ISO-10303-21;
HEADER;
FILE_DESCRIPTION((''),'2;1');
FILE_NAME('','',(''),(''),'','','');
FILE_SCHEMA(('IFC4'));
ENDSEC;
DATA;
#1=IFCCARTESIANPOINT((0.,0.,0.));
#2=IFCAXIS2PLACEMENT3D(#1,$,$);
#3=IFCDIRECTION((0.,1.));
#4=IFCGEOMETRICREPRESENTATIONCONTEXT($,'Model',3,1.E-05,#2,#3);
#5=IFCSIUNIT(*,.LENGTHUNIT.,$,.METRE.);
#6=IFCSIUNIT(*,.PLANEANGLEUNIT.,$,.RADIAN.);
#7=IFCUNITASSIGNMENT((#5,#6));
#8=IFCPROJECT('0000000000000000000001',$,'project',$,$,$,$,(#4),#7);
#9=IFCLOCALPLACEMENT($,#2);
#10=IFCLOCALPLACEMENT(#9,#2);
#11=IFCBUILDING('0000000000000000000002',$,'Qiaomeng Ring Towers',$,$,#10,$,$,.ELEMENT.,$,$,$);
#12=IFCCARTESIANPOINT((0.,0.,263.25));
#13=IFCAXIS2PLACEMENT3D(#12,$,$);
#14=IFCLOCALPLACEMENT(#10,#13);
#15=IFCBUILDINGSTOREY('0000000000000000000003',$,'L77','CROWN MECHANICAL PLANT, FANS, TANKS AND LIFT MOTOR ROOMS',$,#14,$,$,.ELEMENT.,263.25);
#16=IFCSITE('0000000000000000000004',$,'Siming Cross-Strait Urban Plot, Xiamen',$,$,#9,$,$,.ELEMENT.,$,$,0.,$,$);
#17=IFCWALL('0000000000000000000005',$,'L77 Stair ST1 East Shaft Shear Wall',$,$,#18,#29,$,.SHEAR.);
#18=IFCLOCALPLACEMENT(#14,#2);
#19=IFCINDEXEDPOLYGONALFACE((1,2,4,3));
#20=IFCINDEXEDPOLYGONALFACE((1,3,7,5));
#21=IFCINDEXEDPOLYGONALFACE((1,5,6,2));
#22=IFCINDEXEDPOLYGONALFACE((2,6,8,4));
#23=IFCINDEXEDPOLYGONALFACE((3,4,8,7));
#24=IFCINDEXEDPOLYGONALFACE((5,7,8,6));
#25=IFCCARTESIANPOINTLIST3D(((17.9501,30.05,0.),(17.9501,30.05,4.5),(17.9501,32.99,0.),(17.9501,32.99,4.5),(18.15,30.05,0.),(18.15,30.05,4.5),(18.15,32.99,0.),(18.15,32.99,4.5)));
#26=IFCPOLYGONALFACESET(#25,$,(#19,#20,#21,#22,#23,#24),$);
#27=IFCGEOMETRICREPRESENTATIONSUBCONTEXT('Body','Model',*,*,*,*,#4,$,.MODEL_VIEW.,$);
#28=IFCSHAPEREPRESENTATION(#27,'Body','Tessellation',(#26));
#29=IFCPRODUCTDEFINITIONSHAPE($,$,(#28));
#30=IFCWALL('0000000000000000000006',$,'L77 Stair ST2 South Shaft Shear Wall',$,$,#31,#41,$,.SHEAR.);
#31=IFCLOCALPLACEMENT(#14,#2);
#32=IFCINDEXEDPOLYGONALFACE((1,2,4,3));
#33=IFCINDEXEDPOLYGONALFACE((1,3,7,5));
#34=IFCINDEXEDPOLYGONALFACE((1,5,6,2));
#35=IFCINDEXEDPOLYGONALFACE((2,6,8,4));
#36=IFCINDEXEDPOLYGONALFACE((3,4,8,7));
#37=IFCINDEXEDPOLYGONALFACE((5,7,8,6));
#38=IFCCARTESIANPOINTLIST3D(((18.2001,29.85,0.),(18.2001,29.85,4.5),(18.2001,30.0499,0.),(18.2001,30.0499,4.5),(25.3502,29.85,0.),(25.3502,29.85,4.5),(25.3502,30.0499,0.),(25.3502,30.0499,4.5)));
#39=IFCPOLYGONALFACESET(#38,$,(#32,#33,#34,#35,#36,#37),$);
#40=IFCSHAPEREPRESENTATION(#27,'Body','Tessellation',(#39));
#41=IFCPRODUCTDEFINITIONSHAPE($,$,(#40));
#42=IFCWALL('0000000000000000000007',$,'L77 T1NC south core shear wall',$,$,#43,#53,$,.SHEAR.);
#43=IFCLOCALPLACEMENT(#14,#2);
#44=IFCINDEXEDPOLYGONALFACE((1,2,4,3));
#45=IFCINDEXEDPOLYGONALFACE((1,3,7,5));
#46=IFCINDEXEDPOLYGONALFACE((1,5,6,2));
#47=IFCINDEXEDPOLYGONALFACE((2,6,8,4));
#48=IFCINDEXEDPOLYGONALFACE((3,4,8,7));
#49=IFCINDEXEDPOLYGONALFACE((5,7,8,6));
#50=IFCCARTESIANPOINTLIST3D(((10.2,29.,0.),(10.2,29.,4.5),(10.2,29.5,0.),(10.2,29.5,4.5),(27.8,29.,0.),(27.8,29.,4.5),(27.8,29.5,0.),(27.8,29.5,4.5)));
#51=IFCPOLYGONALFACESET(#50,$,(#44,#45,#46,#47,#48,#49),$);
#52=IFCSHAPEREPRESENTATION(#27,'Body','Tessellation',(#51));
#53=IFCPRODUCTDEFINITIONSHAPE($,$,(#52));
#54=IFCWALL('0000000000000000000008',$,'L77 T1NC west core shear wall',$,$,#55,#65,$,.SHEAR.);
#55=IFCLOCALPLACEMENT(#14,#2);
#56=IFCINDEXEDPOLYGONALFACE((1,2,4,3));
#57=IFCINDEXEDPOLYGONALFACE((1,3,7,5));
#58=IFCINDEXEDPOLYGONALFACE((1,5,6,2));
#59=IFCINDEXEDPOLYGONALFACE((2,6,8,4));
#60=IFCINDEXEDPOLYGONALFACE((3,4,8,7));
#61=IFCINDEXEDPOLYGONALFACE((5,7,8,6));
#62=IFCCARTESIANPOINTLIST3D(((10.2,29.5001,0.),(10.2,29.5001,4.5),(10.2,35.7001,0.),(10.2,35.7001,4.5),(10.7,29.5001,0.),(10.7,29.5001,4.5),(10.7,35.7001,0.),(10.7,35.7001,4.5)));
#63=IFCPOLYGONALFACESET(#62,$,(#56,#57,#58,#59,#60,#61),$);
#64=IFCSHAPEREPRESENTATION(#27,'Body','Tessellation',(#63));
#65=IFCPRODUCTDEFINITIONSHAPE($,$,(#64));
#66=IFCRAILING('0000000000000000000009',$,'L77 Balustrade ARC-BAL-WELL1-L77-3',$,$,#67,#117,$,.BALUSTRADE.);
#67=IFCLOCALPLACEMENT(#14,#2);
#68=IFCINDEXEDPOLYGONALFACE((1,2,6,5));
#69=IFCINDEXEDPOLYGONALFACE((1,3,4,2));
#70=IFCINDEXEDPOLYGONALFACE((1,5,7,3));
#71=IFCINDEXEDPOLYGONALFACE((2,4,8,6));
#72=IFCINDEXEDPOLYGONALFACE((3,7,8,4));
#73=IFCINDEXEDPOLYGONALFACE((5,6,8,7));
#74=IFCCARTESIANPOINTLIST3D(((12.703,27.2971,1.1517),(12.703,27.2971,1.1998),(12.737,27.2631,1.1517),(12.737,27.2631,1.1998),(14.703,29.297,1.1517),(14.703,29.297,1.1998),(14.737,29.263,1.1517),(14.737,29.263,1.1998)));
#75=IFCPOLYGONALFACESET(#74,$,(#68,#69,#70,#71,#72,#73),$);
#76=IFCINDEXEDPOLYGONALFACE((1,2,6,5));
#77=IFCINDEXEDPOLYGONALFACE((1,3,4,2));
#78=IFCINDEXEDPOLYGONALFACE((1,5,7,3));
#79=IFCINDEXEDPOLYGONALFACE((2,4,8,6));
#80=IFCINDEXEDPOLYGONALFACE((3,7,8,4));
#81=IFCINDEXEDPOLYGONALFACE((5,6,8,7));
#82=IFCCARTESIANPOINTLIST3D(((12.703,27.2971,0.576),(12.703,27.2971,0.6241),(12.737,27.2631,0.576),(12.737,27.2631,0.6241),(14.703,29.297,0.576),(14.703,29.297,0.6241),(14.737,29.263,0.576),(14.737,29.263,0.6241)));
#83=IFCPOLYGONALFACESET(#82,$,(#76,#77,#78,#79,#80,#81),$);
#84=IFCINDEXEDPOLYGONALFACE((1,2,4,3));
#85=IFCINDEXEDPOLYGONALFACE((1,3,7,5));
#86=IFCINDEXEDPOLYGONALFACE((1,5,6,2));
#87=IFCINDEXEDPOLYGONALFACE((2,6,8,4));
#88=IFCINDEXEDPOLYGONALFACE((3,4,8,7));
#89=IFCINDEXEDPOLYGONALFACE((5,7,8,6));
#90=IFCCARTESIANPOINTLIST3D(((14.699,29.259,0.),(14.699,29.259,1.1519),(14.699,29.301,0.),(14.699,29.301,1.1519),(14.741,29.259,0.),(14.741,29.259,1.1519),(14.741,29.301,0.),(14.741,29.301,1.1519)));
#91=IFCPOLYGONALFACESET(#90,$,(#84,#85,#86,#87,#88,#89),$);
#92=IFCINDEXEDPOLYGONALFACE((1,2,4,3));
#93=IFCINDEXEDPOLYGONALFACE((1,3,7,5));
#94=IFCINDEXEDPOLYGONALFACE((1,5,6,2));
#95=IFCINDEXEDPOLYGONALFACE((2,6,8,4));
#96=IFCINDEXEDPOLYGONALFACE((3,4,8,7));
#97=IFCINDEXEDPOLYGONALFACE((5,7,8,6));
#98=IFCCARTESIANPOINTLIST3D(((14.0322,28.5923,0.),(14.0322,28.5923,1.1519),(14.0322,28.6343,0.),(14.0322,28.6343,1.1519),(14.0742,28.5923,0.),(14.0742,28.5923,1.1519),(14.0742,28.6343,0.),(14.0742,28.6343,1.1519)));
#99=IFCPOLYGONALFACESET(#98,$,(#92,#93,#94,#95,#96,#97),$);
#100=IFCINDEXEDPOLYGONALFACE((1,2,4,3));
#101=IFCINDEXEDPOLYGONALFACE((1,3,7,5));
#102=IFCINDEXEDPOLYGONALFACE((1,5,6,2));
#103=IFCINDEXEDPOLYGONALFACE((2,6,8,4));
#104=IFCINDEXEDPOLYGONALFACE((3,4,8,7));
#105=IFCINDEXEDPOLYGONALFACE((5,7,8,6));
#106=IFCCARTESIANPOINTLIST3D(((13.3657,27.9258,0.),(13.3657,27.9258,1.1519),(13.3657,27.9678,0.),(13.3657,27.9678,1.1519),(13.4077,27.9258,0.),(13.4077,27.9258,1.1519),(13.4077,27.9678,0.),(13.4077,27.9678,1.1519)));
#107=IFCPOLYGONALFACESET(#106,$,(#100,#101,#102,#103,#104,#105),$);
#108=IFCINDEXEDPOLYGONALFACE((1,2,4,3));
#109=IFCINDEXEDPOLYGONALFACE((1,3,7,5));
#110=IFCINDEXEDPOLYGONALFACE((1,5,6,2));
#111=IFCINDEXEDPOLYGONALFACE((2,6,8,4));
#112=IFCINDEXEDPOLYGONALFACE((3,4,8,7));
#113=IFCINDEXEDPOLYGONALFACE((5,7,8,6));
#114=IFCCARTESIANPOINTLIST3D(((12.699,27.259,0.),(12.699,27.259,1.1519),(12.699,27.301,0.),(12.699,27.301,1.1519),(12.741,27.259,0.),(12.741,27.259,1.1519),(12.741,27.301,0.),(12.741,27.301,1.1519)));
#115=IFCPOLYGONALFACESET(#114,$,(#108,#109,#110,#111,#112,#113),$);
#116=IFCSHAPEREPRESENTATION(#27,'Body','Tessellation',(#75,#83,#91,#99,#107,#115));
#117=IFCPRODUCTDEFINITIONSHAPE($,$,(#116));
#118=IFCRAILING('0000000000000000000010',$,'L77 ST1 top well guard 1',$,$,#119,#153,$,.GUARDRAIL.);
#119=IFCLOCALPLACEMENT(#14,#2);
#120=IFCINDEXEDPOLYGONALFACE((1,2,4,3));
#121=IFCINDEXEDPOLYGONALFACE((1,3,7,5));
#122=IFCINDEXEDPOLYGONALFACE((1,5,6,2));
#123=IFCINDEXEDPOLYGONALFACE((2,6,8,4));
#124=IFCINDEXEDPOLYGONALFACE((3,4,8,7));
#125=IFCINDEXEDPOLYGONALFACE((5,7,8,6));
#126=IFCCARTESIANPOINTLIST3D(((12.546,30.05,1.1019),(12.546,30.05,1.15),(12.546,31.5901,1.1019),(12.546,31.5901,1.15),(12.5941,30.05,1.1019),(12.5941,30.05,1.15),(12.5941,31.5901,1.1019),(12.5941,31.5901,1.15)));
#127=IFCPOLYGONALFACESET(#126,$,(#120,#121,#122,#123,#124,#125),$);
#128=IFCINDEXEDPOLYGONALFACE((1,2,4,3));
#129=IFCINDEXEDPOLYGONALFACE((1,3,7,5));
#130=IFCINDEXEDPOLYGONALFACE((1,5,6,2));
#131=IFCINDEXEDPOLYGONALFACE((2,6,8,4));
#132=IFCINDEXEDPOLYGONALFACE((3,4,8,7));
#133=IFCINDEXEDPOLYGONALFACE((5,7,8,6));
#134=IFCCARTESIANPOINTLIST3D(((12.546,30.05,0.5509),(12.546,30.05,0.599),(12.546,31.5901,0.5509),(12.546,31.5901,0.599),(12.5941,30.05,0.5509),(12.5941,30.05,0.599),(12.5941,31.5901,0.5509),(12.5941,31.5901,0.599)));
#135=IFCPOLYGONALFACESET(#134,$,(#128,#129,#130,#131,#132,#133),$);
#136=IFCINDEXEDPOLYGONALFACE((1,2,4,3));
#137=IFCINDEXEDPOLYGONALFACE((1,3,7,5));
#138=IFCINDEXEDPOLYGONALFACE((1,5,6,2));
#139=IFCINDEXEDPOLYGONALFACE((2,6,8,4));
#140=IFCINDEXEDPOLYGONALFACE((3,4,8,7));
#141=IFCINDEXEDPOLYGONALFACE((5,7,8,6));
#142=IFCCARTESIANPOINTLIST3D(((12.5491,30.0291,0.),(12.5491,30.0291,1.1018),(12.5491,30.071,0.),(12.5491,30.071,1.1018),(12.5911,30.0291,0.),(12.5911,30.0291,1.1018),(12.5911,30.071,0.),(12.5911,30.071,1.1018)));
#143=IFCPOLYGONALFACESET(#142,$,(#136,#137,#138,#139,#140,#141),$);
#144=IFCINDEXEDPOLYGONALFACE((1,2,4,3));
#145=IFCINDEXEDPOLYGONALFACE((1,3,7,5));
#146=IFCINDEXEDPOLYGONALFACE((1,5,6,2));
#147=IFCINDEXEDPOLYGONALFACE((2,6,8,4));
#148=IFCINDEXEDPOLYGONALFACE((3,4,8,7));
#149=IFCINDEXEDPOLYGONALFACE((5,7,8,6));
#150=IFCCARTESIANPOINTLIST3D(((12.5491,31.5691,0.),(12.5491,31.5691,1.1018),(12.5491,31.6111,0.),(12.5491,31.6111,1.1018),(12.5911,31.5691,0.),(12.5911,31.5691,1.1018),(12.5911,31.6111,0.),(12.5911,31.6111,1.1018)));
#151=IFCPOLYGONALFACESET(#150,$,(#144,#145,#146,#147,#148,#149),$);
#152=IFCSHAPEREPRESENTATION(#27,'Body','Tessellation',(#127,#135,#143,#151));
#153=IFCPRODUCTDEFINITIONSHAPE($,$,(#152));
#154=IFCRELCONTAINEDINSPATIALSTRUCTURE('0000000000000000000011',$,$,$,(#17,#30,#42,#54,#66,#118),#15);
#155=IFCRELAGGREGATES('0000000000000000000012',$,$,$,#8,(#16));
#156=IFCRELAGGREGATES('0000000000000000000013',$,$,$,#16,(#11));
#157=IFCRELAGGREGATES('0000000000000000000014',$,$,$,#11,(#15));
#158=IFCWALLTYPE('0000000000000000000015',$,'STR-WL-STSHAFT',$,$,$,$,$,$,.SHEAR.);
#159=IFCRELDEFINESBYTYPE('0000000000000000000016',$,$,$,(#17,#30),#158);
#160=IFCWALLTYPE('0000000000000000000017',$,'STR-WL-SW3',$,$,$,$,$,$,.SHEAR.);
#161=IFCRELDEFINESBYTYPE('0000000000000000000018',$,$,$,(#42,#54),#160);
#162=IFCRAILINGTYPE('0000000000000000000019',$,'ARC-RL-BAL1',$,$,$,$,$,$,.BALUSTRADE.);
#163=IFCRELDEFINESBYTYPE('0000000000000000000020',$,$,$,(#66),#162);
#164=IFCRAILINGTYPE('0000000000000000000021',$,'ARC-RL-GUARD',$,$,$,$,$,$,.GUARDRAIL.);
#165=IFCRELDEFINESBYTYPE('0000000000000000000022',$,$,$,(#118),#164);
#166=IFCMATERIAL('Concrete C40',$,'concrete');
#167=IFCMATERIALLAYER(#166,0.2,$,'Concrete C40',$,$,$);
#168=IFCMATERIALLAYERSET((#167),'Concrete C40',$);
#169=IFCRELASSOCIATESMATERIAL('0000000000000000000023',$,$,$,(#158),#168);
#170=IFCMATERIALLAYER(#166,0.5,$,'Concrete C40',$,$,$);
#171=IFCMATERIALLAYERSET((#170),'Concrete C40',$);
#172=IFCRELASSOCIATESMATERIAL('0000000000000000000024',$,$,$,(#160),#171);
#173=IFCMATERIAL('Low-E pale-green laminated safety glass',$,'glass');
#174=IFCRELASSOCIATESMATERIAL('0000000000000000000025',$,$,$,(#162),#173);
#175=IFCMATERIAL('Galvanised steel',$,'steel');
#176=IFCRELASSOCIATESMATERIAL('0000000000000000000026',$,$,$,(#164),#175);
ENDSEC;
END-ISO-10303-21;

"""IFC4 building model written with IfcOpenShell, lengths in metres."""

from ifc_helpers import new_model, si_unit, direction, frame, frame_2d, origin, origin_2d, place, context, subcontext, project, spatial, rectangle, extrude, material, layer, layer_set, type_object, element, save


model = new_model("IFC4")

# Units and contexts
model_context = context("Model", 3, precision=1e-05, world=origin(), true_north=direction((0.0, 1.0)))
body_context = subcontext(model_context, "Body", "Model", "MODEL_VIEW")
ifc_project = project(units=[si_unit("LENGTHUNIT", "METRE"), si_unit("PLANEANGLEUNIT", "RADIAN")], contexts=[model_context])

# Site, building, storey
site_placement = place(None, origin())
site = spatial("IfcSite", under=ifc_project, at=site_placement, Name="Siming Cross-Strait Urban Plot, Xiamen", CompositionType="ELEMENT", RefElevation=0.0)
building_placement = place(site_placement, origin())
building = spatial("IfcBuilding", under=site, at=building_placement, Name="Qiaomeng Ring Towers", CompositionType="ELEMENT")
storey_placement = place(building_placement, frame((0.0, 0.0, 263.25)))
storey = spatial("IfcBuildingStorey", under=building, at=storey_placement, Name="L77", Description="CROWN MECHANICAL PLANT, FANS, TANKS AND LIFT MOTOR ROOMS", CompositionType="ELEMENT", Elevation=263.25)

# Shared definitions
ifc_material_1 = material(Name="Concrete C40", Category="concrete")

# Walls
ifc_layer_1 = layer(ifc_material_1, 0.2, Name="Concrete C40")
ifc_layer_set_1 = layer_set([ifc_layer_1], Name="Concrete C40")
wall_type_1 = type_object("IfcWallType", Name="STR-WL-STSHAFT", PredefinedType="SHEAR", material=ifc_layer_set_1)
for number, where, z_axis, x_axis, name in (
    (1, (18.05, 30.05, 0.0), (0.0, 0.0, 1.0), (0.0, 1.0, 0.0), "L77 Stair ST1 East Shaft Shear Wall"),
):
    element("IfcWall", number, at=place(storey_placement, frame(where, z_axis=z_axis, x_axis=x_axis)), inside=storey, type_object=wall_type_1, Name=name, PredefinedType="SHEAR", context=body_context, shape_type="SweptSolid", body=[
        extrude(rectangle(XDim=2.9399, YDim=0.2, at=frame_2d((1.47, 0.0))), origin(), (0.0, 0.0, 1.0), 4.5),
    ])
wall_1_placement = place(storey_placement, frame((18.2, 29.95, 0.0), z_axis=(0.0, 0.0, 1.0), x_axis=(1.0, 0.0, 0.0)))
element("IfcWall", 2, at=wall_1_placement, inside=storey, type_object=wall_type_1, Name="L77 Stair ST2 South Shaft Shear Wall", PredefinedType="SHEAR", context=body_context, shape_type="SweptSolid", body=[
    extrude(rectangle(XDim=7.1501, YDim=0.2, at=frame_2d((3.5752, 0.0))), origin(), (0.0, 0.0, 1.0), 4.5),
])
ifc_layer_2 = layer(ifc_material_1, 0.5, Name="Concrete C40")
ifc_layer_set_2 = layer_set([ifc_layer_2], Name="Concrete C40")
wall_type_2 = type_object("IfcWallType", Name="STR-WL-SW3", PredefinedType="SHEAR", material=ifc_layer_set_2)
wall_2_placement = place(storey_placement, frame((10.2, 29.25, 0.0), z_axis=(0.0, 0.0, 1.0), x_axis=(1.0, 0.0, 0.0)))
element("IfcWall", 3, at=wall_2_placement, inside=storey, type_object=wall_type_2, Name="L77 T1NC south core shear wall", PredefinedType="SHEAR", context=body_context, shape_type="SweptSolid", body=[
    extrude(rectangle(XDim=17.6001, YDim=0.5, at=frame_2d((8.8, 0.0))), origin(), (0.0, 0.0, 1.0), 4.5),
])
wall_3_placement = place(storey_placement, frame((10.45, 29.5, 0.0), z_axis=(0.0, 0.0, 1.0), x_axis=(0.0, 1.0, 0.0)))
element("IfcWall", 4, at=wall_3_placement, inside=storey, type_object=wall_type_2, Name="L77 T1NC west core shear wall", PredefinedType="SHEAR", context=body_context, shape_type="SweptSolid", body=[
    extrude(rectangle(XDim=6.2, YDim=0.5, at=frame_2d((3.1001, 0.0))), origin(), (0.0, 0.0, 1.0), 4.5),
])

# Railings
ifc_material_2 = material(Name="Low-E pale-green laminated safety glass", Category="glass")
railing_type_1 = type_object("IfcRailingType", Name="ARC-RL-BAL1", PredefinedType="BALUSTRADE", material=ifc_material_2)
railing_1_placement = place(storey_placement, frame((14.72, 29.28, 0.0)))
element("IfcRailing", 5, at=railing_1_placement, inside=storey, type_object=railing_type_1, Name="L77 Balustrade ARC-BAL-WELL1-L77-3", PredefinedType="BALUSTRADE", context=body_context, shape_type="SweptSolid", body=[
    extrude(rectangle(XDim=0.0481, YDim=0.0481, at=origin_2d()), frame((0.0, 0.0, 1.1758), z_axis=(-0.707107, -0.707107, 0.0), x_axis=(0.707107, -0.707107, 0.0)), (0.0, 0.0, 1.0), 2.8284),
    extrude(rectangle(XDim=0.0481, YDim=0.0481, at=origin_2d()), frame((0.0, 0.0, 0.6001), z_axis=(-0.707107, -0.707107, 0.0), x_axis=(0.707107, -0.707107, 0.0)), (0.0, 0.0, 1.0), 2.8284),
    extrude(rectangle(XDim=0.042, YDim=0.042, at=origin_2d()), origin(), (0.0, 0.0, 1.0), 1.1519),
    extrude(rectangle(XDim=0.042, YDim=0.042, at=origin_2d()), frame((-0.6667, -0.6667, 0.0)), (0.0, 0.0, 1.0), 1.1519),
    extrude(rectangle(XDim=0.042, YDim=0.042, at=origin_2d()), frame((-1.3333, -1.3333, 0.0)), (0.0, 0.0, 1.0), 1.1519),
    extrude(rectangle(XDim=0.042, YDim=0.042, at=origin_2d()), frame((-2.0, -2.0, 0.0)), (0.0, 0.0, 1.0), 1.1519),
])
ifc_material_3 = material(Name="Galvanised steel", Category="steel")
railing_type_2 = type_object("IfcRailingType", Name="ARC-RL-GUARD", PredefinedType="GUARDRAIL", material=ifc_material_3)
railing_2_placement = place(storey_placement, frame((12.5701, 30.05, 0.0)))
element("IfcRailing", 6, at=railing_2_placement, inside=storey, type_object=railing_type_2, Name="L77 ST1 top well guard 1", PredefinedType="GUARDRAIL", context=body_context, shape_type="SweptSolid", body=[
    extrude(rectangle(XDim=0.0481, YDim=0.0481, at=origin_2d()), frame((0.0, 0.0, 1.126), z_axis=(0.0, 1.0, 0.0), x_axis=(-1.0, 0.0, 0.0)), (0.0, 0.0, 1.0), 1.54),
    extrude(rectangle(XDim=0.0481, YDim=0.0481, at=origin_2d()), frame((0.0, 0.0, 0.575), z_axis=(0.0, 1.0, 0.0), x_axis=(-1.0, 0.0, 0.0)), (0.0, 0.0, 1.0), 1.54),
    extrude(rectangle(XDim=0.042, YDim=0.042, at=origin_2d()), origin(), (0.0, 0.0, 1.0), 1.1018),
    extrude(rectangle(XDim=0.042, YDim=0.042, at=origin_2d()), frame((0.0, 1.54, 0.0)), (0.0, 0.0, 1.0), 1.1018),
])

save(model, "model.ifc")
